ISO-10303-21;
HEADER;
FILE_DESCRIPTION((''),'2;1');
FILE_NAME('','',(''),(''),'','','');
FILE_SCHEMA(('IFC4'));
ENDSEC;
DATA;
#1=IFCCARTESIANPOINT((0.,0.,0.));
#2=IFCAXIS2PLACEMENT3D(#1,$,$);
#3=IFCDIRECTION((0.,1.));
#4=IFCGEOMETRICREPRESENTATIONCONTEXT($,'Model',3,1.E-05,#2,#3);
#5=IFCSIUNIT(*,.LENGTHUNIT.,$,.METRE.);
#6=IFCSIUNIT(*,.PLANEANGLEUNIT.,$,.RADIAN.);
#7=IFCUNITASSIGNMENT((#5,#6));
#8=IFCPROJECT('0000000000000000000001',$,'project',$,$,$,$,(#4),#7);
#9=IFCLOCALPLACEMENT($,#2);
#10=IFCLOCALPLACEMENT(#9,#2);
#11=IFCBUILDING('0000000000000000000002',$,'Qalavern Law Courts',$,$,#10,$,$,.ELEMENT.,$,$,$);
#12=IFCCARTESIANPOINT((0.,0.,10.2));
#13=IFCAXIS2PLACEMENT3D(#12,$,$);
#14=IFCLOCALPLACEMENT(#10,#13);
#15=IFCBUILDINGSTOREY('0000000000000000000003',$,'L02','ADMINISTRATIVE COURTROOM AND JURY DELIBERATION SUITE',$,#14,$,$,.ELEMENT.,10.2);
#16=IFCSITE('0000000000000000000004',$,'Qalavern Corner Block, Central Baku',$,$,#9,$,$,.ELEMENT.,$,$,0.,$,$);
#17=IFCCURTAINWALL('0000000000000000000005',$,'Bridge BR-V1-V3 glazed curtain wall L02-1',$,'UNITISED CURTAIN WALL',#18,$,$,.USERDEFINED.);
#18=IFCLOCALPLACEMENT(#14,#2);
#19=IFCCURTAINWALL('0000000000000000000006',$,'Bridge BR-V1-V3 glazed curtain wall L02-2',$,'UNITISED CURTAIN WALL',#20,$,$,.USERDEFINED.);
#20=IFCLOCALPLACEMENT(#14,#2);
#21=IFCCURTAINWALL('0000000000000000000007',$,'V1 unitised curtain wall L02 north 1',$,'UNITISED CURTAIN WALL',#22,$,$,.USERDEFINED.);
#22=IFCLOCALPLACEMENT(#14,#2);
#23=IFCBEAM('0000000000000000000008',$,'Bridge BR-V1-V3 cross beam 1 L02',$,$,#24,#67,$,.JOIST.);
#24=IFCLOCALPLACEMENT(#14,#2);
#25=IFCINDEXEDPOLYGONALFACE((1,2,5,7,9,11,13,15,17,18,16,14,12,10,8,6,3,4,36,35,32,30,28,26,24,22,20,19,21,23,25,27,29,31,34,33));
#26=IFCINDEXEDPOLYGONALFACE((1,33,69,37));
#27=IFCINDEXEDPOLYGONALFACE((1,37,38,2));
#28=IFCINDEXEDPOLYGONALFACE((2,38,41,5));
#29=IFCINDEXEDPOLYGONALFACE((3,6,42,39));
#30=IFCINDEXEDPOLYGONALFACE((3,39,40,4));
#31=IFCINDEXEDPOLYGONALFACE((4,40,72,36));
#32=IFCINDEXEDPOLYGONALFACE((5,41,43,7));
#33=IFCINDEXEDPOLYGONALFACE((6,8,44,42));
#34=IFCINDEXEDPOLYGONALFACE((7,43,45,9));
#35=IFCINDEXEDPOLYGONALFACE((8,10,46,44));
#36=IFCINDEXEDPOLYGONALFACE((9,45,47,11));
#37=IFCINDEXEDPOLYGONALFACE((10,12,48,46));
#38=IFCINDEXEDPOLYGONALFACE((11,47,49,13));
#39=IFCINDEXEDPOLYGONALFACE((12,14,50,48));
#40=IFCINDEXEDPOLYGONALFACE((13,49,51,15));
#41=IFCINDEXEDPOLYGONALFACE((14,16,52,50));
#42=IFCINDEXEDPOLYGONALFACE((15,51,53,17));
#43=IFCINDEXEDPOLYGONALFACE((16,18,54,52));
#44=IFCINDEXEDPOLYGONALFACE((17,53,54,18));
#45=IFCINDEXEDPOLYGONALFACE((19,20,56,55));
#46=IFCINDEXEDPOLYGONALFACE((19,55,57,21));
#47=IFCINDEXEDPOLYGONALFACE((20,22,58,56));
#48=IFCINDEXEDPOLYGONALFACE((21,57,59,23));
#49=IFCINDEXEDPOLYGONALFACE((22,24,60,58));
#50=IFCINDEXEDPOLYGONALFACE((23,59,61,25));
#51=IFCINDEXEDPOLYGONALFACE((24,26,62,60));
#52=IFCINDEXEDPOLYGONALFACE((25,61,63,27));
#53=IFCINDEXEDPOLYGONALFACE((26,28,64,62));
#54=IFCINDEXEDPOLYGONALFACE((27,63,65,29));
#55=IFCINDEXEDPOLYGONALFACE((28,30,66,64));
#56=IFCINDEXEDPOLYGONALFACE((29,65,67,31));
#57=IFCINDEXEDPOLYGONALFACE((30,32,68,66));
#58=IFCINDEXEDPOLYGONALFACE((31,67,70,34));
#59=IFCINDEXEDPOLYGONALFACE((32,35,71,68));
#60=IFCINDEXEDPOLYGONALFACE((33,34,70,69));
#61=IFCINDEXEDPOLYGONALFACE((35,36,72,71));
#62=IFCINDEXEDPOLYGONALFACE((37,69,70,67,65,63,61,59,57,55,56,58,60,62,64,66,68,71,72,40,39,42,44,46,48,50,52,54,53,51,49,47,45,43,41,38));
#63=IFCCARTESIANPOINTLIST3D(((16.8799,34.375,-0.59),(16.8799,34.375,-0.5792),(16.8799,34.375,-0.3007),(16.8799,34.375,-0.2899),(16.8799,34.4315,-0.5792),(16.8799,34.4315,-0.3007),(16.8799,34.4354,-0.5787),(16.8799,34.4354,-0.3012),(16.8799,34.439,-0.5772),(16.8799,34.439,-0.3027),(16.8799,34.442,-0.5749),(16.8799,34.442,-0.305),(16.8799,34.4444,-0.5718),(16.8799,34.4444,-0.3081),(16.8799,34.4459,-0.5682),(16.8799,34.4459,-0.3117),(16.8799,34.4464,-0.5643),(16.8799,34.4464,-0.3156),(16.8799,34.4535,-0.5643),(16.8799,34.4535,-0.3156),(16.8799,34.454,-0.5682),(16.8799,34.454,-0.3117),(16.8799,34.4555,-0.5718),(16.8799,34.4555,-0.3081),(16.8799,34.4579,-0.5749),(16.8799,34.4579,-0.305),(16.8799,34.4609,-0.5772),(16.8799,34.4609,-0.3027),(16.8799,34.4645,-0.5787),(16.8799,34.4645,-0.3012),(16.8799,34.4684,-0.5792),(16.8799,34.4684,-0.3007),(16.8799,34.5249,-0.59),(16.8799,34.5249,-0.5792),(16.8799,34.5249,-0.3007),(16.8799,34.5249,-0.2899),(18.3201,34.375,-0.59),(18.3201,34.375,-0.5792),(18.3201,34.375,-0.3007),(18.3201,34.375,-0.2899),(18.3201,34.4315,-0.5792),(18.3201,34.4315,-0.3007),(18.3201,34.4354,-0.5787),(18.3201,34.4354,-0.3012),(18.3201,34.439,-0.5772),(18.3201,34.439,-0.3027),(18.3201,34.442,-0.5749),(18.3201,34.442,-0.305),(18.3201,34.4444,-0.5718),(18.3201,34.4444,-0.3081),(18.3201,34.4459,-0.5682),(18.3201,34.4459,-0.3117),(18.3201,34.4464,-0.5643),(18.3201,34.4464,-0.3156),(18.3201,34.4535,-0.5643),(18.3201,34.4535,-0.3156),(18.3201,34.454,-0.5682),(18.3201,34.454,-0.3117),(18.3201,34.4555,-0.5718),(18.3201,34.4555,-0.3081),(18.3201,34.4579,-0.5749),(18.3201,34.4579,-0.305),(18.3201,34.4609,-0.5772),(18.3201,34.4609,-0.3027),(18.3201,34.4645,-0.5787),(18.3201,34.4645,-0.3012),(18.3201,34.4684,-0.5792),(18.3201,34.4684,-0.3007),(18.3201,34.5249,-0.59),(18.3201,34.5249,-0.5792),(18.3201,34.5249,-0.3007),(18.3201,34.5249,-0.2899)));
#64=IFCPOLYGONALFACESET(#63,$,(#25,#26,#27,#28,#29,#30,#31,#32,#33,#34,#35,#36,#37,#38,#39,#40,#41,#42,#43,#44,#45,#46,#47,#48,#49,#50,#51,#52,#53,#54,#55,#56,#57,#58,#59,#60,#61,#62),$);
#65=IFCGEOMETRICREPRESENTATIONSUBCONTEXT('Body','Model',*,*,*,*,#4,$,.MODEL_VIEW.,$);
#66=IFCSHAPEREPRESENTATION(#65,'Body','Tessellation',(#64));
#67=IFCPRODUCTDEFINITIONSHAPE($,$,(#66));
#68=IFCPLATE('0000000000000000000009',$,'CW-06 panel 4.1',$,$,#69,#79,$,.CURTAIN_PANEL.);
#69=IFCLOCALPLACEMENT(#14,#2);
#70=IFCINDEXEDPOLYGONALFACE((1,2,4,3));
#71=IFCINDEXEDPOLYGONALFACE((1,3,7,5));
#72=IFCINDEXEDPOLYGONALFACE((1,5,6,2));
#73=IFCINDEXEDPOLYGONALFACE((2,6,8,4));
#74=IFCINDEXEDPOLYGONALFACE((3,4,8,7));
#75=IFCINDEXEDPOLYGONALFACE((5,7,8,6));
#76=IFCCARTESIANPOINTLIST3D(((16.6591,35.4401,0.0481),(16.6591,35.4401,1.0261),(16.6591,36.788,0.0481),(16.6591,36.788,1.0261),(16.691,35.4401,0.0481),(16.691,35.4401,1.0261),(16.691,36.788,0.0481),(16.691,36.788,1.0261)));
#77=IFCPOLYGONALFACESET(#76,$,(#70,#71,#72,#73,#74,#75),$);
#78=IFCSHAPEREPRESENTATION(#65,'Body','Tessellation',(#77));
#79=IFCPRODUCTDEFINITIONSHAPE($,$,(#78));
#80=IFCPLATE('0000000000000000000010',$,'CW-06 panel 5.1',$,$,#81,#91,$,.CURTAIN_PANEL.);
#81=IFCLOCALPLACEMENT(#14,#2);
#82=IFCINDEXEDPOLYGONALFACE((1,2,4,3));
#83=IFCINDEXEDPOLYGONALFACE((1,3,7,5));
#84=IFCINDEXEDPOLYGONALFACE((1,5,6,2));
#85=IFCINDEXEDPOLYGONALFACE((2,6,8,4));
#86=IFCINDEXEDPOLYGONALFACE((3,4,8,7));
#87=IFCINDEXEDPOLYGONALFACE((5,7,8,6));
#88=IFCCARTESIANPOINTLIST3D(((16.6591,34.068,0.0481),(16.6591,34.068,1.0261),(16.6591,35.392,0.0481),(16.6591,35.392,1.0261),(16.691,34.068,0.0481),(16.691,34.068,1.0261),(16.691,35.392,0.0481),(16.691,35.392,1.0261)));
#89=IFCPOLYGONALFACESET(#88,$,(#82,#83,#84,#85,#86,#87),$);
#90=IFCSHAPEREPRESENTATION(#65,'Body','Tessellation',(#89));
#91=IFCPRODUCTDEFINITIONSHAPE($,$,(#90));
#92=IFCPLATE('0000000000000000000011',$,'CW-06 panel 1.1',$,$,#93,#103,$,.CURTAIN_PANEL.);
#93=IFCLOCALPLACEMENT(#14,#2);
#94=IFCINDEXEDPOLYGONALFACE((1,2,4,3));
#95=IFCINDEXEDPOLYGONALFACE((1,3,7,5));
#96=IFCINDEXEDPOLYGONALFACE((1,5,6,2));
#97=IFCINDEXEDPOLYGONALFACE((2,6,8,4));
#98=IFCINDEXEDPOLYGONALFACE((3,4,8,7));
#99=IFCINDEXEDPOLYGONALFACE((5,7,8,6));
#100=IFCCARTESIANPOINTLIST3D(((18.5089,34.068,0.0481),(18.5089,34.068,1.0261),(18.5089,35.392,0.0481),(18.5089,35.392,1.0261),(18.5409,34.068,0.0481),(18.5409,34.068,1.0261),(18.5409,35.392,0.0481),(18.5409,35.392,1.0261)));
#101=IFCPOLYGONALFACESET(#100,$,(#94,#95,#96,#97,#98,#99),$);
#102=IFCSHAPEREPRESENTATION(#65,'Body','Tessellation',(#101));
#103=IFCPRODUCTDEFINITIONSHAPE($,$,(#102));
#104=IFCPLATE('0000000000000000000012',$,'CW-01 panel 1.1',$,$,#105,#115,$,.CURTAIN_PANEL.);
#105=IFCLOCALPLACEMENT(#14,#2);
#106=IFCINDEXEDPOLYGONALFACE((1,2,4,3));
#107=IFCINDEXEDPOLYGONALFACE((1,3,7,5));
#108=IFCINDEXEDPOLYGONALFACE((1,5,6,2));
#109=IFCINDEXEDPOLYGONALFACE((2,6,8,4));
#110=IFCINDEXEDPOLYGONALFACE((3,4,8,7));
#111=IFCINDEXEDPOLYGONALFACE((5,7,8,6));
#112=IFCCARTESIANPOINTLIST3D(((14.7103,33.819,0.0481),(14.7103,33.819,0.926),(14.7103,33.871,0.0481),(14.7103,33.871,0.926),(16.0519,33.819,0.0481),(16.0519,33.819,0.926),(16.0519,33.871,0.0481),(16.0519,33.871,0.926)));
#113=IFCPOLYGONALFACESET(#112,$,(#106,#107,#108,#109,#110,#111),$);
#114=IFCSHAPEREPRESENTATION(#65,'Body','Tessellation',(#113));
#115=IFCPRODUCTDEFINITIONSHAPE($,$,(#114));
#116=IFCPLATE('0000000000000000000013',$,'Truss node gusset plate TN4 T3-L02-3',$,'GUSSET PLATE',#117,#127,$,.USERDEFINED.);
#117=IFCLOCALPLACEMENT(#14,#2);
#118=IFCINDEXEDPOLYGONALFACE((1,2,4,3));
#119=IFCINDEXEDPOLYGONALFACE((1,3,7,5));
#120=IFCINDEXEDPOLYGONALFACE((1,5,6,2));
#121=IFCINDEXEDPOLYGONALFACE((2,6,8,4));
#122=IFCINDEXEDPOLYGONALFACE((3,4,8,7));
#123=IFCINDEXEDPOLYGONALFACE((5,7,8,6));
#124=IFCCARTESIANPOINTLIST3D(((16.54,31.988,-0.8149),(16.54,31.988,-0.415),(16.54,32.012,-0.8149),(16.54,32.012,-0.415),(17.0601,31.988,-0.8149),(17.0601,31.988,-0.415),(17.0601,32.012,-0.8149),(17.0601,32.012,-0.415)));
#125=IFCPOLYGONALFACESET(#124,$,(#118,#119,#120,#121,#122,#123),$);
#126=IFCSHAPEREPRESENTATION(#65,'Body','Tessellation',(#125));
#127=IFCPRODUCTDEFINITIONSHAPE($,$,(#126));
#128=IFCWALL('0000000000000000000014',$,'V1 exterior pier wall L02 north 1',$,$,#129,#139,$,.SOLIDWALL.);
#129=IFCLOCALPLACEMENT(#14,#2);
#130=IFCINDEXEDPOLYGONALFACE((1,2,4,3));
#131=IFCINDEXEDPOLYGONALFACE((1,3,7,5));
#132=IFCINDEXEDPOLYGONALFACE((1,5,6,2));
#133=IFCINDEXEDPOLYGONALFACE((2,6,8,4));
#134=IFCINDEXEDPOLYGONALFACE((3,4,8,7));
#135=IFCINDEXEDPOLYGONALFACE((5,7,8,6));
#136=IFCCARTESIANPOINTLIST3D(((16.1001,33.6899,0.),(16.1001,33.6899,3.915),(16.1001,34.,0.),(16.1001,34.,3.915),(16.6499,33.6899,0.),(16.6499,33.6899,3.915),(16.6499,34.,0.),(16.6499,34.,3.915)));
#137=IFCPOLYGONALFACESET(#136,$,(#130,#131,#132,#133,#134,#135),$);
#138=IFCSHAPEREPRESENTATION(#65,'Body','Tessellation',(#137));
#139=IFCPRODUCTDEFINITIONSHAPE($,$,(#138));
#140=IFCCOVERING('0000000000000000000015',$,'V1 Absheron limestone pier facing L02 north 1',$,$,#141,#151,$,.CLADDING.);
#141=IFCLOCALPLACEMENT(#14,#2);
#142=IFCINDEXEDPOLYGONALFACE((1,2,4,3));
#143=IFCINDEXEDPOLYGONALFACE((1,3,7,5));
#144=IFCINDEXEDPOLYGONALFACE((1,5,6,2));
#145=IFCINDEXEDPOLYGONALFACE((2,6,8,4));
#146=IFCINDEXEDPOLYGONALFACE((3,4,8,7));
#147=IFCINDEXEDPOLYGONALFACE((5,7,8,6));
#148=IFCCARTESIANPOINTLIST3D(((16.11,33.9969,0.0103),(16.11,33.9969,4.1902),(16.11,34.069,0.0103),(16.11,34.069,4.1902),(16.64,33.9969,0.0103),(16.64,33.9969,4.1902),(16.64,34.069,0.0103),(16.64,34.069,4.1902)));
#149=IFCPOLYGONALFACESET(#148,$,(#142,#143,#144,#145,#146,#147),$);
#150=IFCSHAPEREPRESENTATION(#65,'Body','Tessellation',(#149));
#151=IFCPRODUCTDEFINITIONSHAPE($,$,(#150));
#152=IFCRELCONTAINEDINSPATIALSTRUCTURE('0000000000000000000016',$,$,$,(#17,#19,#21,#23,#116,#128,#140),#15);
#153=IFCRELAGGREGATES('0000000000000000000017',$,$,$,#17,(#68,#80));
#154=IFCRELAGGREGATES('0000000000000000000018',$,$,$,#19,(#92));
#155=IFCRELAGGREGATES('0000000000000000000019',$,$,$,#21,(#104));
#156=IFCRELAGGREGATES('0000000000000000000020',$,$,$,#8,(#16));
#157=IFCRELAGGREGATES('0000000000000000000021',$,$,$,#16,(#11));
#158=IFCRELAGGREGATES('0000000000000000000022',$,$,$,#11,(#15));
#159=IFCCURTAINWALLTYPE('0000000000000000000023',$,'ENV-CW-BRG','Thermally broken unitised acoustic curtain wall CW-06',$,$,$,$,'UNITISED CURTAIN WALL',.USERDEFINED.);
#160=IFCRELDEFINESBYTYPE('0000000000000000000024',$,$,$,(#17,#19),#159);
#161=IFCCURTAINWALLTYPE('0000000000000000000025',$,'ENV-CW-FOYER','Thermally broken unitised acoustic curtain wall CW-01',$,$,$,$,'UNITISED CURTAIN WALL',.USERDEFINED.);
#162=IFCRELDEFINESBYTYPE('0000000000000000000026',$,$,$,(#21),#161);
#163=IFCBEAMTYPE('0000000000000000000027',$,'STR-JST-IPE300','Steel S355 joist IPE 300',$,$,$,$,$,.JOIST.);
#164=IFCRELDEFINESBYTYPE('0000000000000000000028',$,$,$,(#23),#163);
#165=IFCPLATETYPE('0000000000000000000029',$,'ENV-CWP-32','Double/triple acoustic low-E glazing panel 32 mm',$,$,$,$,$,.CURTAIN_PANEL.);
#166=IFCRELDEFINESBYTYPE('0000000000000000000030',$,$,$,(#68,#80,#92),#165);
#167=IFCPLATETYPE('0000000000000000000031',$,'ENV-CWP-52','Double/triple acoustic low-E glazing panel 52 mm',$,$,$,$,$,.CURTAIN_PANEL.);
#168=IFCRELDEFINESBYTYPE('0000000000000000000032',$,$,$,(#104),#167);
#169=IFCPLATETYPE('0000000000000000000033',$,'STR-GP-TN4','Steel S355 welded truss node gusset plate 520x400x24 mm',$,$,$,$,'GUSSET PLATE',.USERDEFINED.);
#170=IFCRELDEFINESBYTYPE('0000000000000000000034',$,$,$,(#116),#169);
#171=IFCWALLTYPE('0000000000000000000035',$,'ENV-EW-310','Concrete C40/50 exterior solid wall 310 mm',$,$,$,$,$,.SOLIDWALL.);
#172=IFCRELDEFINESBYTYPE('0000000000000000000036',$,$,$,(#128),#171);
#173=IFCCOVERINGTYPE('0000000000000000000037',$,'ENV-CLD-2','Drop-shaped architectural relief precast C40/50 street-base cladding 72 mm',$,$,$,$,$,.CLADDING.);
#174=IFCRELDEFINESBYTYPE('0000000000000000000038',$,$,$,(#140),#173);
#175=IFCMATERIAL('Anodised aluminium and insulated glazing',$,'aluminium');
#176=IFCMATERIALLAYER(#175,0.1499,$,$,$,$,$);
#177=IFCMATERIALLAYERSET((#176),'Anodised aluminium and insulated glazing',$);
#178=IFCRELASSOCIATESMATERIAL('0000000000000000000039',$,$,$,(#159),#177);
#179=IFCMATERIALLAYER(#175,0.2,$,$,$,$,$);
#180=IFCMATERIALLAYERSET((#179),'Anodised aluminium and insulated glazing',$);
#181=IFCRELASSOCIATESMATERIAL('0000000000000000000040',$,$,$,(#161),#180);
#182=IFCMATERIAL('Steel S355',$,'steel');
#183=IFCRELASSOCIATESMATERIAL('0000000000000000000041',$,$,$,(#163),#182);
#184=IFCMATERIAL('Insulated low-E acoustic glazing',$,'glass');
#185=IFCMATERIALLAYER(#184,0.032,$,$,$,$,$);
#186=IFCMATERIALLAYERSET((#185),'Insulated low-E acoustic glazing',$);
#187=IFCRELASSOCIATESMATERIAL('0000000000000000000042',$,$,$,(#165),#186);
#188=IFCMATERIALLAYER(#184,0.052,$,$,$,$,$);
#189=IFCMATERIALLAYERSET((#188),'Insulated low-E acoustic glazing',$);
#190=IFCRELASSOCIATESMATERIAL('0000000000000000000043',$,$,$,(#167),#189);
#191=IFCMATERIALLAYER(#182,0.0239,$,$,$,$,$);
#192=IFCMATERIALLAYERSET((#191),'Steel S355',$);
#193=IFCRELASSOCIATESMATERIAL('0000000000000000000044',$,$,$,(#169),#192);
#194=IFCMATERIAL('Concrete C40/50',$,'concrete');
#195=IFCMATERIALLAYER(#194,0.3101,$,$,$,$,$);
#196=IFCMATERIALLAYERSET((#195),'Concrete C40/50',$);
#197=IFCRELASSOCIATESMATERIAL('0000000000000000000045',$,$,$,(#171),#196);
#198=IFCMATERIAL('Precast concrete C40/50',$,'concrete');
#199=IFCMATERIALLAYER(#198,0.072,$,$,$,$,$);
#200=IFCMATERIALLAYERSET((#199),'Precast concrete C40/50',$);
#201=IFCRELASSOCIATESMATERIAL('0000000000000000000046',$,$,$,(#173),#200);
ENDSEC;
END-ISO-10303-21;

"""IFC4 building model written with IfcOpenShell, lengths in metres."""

from ifc_helpers import new_model, si_unit, direction, frame, frame_2d, origin, origin_2d, place, context, subcontext, project, spatial, rectangle, i_section, extrude, material, layer, layer_set, material_profile, profile_set, type_object, element, aggregate, save


model = new_model("IFC4")

# Units and contexts
model_context = context("Model", 3, precision=1e-05, world=origin(), true_north=direction((0.0, 1.0)))
body_context = subcontext(model_context, "Body", "Model", "MODEL_VIEW")
ifc_project = project(units=[si_unit("LENGTHUNIT", "METRE"), si_unit("PLANEANGLEUNIT", "RADIAN")], contexts=[model_context])

# Site, building, storey
site_placement = place(None, origin())
site = spatial("IfcSite", under=ifc_project, at=site_placement, Name="Qalavern Corner Block, Central Baku", CompositionType="ELEMENT", RefElevation=0.0)
building_placement = place(site_placement, origin())
building = spatial("IfcBuilding", under=site, at=building_placement, Name="Qalavern Law Courts", CompositionType="ELEMENT")
storey_placement = place(building_placement, frame((0.0, 0.0, 10.2)))
storey = spatial("IfcBuildingStorey", under=building, at=storey_placement, Name="L02", Description="ADMINISTRATIVE COURTROOM AND JURY DELIBERATION SUITE", CompositionType="ELEMENT", Elevation=10.2)

# Curtain walls
ifc_material_1 = material(Name="Anodised aluminium and insulated glazing", Category="aluminium")
ifc_layer_1 = layer(ifc_material_1, 0.1499)
ifc_layer_set_1 = layer_set([ifc_layer_1], Name="Anodised aluminium and insulated glazing")
curtain_wall_type_1 = type_object("IfcCurtainWallType", Name="ENV-CW-BRG", Description="Thermally broken unitised acoustic curtain wall CW-06", ElementType="UNITISED CURTAIN WALL", PredefinedType="USERDEFINED", material=ifc_layer_set_1)
curtain_wall_1_placement = place(storey_placement, origin())
curtain_wall_1 = element("IfcCurtainWall", 1, at=curtain_wall_1_placement, inside=storey, type_object=curtain_wall_type_1, Name="Bridge BR-V1-V3 glazed curtain wall L02-1", ObjectType="UNITISED CURTAIN WALL", PredefinedType="USERDEFINED")
curtain_wall_2_placement = place(storey_placement, origin())
curtain_wall_2 = element("IfcCurtainWall", 2, at=curtain_wall_2_placement, inside=storey, type_object=curtain_wall_type_1, Name="Bridge BR-V1-V3 glazed curtain wall L02-2", ObjectType="UNITISED CURTAIN WALL", PredefinedType="USERDEFINED")
ifc_layer_2 = layer(ifc_material_1, 0.2)
ifc_layer_set_2 = layer_set([ifc_layer_2], Name="Anodised aluminium and insulated glazing")
curtain_wall_type_2 = type_object("IfcCurtainWallType", Name="ENV-CW-FOYER", Description="Thermally broken unitised acoustic curtain wall CW-01", ElementType="UNITISED CURTAIN WALL", PredefinedType="USERDEFINED", material=ifc_layer_set_2)
curtain_wall_3_placement = place(storey_placement, origin())
curtain_wall_3 = element("IfcCurtainWall", 3, at=curtain_wall_3_placement, inside=storey, type_object=curtain_wall_type_2, Name="V1 unitised curtain wall L02 north 1", ObjectType="UNITISED CURTAIN WALL", PredefinedType="USERDEFINED")

# Shared definitions
ifc_material_2 = material(Name="Steel S355", Category="steel")

# Beam
ifc_material_profile_1 = material_profile(ifc_material_2, i_section(OverallWidth=0.1499, OverallDepth=0.3, WebThickness=0.0071, FlangeThickness=0.0107, FilletRadius=0.0149, at=origin_2d()), Name="IPE 300")
ifc_profile_set_1 = profile_set([ifc_material_profile_1], Name="Steel S355")
beam_type_1 = type_object("IfcBeamType", Name="STR-JST-IPE300", Description="Steel S355 joist IPE 300", PredefinedType="JOIST", material=ifc_profile_set_1)
beam_placement = place(storey_placement, frame((16.8799, 34.45, -0.4399), z_axis=(1.0, 0.0, 0.0), x_axis=(0.0, 1.0, 0.0)))
element("IfcBeam", 4, at=beam_placement, inside=storey, type_object=beam_type_1, Name="Bridge BR-V1-V3 cross beam 1 L02", PredefinedType="JOIST", context=body_context, shape_type="SweptSolid", body=[
    extrude(i_section(OverallWidth=0.1499, OverallDepth=0.3, WebThickness=0.0071, FlangeThickness=0.0107, FilletRadius=0.0149, at=origin_2d()), origin(), (0.0, 0.0, 1.0), 1.4402),
])

# Plates
ifc_material_3 = material(Name="Insulated low-E acoustic glazing", Category="glass")
ifc_layer_3 = layer(ifc_material_3, 0.032)
ifc_layer_set_3 = layer_set([ifc_layer_3], Name="Insulated low-E acoustic glazing")
plate_type_1 = type_object("IfcPlateType", Name="ENV-CWP-32", Description="Double/triple acoustic low-E glazing panel 32 mm", PredefinedType="CURTAIN_PANEL", material=ifc_layer_set_3)
plate_1_placement = place(storey_placement, frame((16.675, 36.114, 0.0481), z_axis=(0.0, 0.0, 1.0), x_axis=(0.0, -1.0, 0.0)))
plate_1 = element("IfcPlate", 5, at=plate_1_placement, type_object=plate_type_1, Name="CW-06 panel 4.1", PredefinedType="CURTAIN_PANEL", context=body_context, shape_type="SweptSolid", body=[
    extrude(rectangle(XDim=1.3479, YDim=0.032, at=origin_2d()), origin(), (0.0, 0.0, 1.0), 0.978),
])
plate_2_placement = place(storey_placement, frame((16.675, 34.73, 0.0481), z_axis=(0.0, 0.0, 1.0), x_axis=(0.0, -1.0, 0.0)))
plate_2 = element("IfcPlate", 6, at=plate_2_placement, type_object=plate_type_1, Name="CW-06 panel 5.1", PredefinedType="CURTAIN_PANEL", context=body_context, shape_type="SweptSolid", body=[
    extrude(rectangle(XDim=1.324, YDim=0.032, at=origin_2d()), origin(), (0.0, 0.0, 1.0), 0.978),
])
aggregate(curtain_wall_1, [plate_1, plate_2])
plate_3_placement = place(storey_placement, frame((18.5249, 34.73, 0.0481), z_axis=(0.0, 0.0, 1.0), x_axis=(0.0, 1.0, 0.0)))
plate_3 = element("IfcPlate", 7, at=plate_3_placement, type_object=plate_type_1, Name="CW-06 panel 1.1", PredefinedType="CURTAIN_PANEL", context=body_context, shape_type="SweptSolid", body=[
    extrude(rectangle(XDim=1.324, YDim=0.032, at=origin_2d()), origin(), (0.0, 0.0, 1.0), 0.978),
])
aggregate(curtain_wall_2, [plate_3])
ifc_layer_4 = layer(ifc_material_3, 0.052)
ifc_layer_set_4 = layer_set([ifc_layer_4], Name="Insulated low-E acoustic glazing")
plate_type_2 = type_object("IfcPlateType", Name="ENV-CWP-52", Description="Double/triple acoustic low-E glazing panel 52 mm", PredefinedType="CURTAIN_PANEL", material=ifc_layer_set_4)
plate_4_placement = place(storey_placement, frame((15.3811, 33.845, 0.0481), z_axis=(0.0, 0.0, 1.0), x_axis=(-1.0, 0.0, 0.0)))
plate_4 = element("IfcPlate", 8, at=plate_4_placement, type_object=plate_type_2, Name="CW-01 panel 1.1", PredefinedType="CURTAIN_PANEL", context=body_context, shape_type="SweptSolid", body=[
    extrude(rectangle(XDim=1.3416, YDim=0.052, at=origin_2d()), origin(), (0.0, 0.0, 1.0), 0.8779),
])
aggregate(curtain_wall_3, [plate_4])
ifc_layer_5 = layer(ifc_material_2, 0.0239)
ifc_layer_set_5 = layer_set([ifc_layer_5], Name="Steel S355")
plate_type_3 = type_object("IfcPlateType", Name="STR-GP-TN4", Description="Steel S355 welded truss node gusset plate 520x400x24 mm", ElementType="GUSSET PLATE", PredefinedType="USERDEFINED", material=ifc_layer_set_5)
plate_5_placement = place(storey_placement, frame((16.8, 32.0, -0.8149), z_axis=(0.0, 0.0, 1.0), x_axis=(1.0, 0.0, 0.0)))
element("IfcPlate", 9, at=plate_5_placement, inside=storey, type_object=plate_type_3, Name="Truss node gusset plate TN4 T3-L02-3", ObjectType="GUSSET PLATE", PredefinedType="USERDEFINED", context=body_context, shape_type="SweptSolid", body=[
    extrude(rectangle(XDim=0.52, YDim=0.0239, at=origin_2d()), origin(), (0.0, 0.0, 1.0), 0.3999),
])

# Wall
ifc_material_4 = material(Name="Concrete C40/50", Category="concrete")
ifc_layer_6 = layer(ifc_material_4, 0.3101)
ifc_layer_set_6 = layer_set([ifc_layer_6], Name="Concrete C40/50")
wall_type = type_object("IfcWallType", Name="ENV-EW-310", Description="Concrete C40/50 exterior solid wall 310 mm", PredefinedType="SOLIDWALL", material=ifc_layer_set_6)
wall_placement = place(storey_placement, frame((16.6499, 33.845, 0.0), z_axis=(0.0, 0.0, 1.0), x_axis=(-1.0, 0.0, 0.0)))
element("IfcWall", 10, at=wall_placement, inside=storey, type_object=wall_type, Name="V1 exterior pier wall L02 north 1", PredefinedType="SOLIDWALL", context=body_context, shape_type="SweptSolid", body=[
    extrude(rectangle(XDim=0.5498, YDim=0.3101, at=frame_2d((0.2749, 0.0))), origin(), (0.0, 0.0, 1.0), 3.915),
])

# Covering
ifc_material_5 = material(Name="Precast concrete C40/50", Category="concrete")
ifc_layer_7 = layer(ifc_material_5, 0.072)
ifc_layer_set_7 = layer_set([ifc_layer_7], Name="Precast concrete C40/50")
covering_type = type_object("IfcCoveringType", Name="ENV-CLD-2", Description="Drop-shaped architectural relief precast C40/50 street-base cladding 72 mm", PredefinedType="CLADDING", material=ifc_layer_set_7)
covering_placement = place(storey_placement, frame((16.375, 34.033, 0.0103), z_axis=(0.0, 0.0, 1.0), x_axis=(-1.0, 0.0, 0.0)))
element("IfcCovering", 11, at=covering_placement, inside=storey, type_object=covering_type, Name="V1 Absheron limestone pier facing L02 north 1", PredefinedType="CLADDING", context=body_context, shape_type="SweptSolid", body=[
    extrude(rectangle(XDim=0.53, YDim=0.072, at=origin_2d()), origin(), (0.0, 0.0, 1.0), 4.1799),
])

save(model, "model.ifc")
